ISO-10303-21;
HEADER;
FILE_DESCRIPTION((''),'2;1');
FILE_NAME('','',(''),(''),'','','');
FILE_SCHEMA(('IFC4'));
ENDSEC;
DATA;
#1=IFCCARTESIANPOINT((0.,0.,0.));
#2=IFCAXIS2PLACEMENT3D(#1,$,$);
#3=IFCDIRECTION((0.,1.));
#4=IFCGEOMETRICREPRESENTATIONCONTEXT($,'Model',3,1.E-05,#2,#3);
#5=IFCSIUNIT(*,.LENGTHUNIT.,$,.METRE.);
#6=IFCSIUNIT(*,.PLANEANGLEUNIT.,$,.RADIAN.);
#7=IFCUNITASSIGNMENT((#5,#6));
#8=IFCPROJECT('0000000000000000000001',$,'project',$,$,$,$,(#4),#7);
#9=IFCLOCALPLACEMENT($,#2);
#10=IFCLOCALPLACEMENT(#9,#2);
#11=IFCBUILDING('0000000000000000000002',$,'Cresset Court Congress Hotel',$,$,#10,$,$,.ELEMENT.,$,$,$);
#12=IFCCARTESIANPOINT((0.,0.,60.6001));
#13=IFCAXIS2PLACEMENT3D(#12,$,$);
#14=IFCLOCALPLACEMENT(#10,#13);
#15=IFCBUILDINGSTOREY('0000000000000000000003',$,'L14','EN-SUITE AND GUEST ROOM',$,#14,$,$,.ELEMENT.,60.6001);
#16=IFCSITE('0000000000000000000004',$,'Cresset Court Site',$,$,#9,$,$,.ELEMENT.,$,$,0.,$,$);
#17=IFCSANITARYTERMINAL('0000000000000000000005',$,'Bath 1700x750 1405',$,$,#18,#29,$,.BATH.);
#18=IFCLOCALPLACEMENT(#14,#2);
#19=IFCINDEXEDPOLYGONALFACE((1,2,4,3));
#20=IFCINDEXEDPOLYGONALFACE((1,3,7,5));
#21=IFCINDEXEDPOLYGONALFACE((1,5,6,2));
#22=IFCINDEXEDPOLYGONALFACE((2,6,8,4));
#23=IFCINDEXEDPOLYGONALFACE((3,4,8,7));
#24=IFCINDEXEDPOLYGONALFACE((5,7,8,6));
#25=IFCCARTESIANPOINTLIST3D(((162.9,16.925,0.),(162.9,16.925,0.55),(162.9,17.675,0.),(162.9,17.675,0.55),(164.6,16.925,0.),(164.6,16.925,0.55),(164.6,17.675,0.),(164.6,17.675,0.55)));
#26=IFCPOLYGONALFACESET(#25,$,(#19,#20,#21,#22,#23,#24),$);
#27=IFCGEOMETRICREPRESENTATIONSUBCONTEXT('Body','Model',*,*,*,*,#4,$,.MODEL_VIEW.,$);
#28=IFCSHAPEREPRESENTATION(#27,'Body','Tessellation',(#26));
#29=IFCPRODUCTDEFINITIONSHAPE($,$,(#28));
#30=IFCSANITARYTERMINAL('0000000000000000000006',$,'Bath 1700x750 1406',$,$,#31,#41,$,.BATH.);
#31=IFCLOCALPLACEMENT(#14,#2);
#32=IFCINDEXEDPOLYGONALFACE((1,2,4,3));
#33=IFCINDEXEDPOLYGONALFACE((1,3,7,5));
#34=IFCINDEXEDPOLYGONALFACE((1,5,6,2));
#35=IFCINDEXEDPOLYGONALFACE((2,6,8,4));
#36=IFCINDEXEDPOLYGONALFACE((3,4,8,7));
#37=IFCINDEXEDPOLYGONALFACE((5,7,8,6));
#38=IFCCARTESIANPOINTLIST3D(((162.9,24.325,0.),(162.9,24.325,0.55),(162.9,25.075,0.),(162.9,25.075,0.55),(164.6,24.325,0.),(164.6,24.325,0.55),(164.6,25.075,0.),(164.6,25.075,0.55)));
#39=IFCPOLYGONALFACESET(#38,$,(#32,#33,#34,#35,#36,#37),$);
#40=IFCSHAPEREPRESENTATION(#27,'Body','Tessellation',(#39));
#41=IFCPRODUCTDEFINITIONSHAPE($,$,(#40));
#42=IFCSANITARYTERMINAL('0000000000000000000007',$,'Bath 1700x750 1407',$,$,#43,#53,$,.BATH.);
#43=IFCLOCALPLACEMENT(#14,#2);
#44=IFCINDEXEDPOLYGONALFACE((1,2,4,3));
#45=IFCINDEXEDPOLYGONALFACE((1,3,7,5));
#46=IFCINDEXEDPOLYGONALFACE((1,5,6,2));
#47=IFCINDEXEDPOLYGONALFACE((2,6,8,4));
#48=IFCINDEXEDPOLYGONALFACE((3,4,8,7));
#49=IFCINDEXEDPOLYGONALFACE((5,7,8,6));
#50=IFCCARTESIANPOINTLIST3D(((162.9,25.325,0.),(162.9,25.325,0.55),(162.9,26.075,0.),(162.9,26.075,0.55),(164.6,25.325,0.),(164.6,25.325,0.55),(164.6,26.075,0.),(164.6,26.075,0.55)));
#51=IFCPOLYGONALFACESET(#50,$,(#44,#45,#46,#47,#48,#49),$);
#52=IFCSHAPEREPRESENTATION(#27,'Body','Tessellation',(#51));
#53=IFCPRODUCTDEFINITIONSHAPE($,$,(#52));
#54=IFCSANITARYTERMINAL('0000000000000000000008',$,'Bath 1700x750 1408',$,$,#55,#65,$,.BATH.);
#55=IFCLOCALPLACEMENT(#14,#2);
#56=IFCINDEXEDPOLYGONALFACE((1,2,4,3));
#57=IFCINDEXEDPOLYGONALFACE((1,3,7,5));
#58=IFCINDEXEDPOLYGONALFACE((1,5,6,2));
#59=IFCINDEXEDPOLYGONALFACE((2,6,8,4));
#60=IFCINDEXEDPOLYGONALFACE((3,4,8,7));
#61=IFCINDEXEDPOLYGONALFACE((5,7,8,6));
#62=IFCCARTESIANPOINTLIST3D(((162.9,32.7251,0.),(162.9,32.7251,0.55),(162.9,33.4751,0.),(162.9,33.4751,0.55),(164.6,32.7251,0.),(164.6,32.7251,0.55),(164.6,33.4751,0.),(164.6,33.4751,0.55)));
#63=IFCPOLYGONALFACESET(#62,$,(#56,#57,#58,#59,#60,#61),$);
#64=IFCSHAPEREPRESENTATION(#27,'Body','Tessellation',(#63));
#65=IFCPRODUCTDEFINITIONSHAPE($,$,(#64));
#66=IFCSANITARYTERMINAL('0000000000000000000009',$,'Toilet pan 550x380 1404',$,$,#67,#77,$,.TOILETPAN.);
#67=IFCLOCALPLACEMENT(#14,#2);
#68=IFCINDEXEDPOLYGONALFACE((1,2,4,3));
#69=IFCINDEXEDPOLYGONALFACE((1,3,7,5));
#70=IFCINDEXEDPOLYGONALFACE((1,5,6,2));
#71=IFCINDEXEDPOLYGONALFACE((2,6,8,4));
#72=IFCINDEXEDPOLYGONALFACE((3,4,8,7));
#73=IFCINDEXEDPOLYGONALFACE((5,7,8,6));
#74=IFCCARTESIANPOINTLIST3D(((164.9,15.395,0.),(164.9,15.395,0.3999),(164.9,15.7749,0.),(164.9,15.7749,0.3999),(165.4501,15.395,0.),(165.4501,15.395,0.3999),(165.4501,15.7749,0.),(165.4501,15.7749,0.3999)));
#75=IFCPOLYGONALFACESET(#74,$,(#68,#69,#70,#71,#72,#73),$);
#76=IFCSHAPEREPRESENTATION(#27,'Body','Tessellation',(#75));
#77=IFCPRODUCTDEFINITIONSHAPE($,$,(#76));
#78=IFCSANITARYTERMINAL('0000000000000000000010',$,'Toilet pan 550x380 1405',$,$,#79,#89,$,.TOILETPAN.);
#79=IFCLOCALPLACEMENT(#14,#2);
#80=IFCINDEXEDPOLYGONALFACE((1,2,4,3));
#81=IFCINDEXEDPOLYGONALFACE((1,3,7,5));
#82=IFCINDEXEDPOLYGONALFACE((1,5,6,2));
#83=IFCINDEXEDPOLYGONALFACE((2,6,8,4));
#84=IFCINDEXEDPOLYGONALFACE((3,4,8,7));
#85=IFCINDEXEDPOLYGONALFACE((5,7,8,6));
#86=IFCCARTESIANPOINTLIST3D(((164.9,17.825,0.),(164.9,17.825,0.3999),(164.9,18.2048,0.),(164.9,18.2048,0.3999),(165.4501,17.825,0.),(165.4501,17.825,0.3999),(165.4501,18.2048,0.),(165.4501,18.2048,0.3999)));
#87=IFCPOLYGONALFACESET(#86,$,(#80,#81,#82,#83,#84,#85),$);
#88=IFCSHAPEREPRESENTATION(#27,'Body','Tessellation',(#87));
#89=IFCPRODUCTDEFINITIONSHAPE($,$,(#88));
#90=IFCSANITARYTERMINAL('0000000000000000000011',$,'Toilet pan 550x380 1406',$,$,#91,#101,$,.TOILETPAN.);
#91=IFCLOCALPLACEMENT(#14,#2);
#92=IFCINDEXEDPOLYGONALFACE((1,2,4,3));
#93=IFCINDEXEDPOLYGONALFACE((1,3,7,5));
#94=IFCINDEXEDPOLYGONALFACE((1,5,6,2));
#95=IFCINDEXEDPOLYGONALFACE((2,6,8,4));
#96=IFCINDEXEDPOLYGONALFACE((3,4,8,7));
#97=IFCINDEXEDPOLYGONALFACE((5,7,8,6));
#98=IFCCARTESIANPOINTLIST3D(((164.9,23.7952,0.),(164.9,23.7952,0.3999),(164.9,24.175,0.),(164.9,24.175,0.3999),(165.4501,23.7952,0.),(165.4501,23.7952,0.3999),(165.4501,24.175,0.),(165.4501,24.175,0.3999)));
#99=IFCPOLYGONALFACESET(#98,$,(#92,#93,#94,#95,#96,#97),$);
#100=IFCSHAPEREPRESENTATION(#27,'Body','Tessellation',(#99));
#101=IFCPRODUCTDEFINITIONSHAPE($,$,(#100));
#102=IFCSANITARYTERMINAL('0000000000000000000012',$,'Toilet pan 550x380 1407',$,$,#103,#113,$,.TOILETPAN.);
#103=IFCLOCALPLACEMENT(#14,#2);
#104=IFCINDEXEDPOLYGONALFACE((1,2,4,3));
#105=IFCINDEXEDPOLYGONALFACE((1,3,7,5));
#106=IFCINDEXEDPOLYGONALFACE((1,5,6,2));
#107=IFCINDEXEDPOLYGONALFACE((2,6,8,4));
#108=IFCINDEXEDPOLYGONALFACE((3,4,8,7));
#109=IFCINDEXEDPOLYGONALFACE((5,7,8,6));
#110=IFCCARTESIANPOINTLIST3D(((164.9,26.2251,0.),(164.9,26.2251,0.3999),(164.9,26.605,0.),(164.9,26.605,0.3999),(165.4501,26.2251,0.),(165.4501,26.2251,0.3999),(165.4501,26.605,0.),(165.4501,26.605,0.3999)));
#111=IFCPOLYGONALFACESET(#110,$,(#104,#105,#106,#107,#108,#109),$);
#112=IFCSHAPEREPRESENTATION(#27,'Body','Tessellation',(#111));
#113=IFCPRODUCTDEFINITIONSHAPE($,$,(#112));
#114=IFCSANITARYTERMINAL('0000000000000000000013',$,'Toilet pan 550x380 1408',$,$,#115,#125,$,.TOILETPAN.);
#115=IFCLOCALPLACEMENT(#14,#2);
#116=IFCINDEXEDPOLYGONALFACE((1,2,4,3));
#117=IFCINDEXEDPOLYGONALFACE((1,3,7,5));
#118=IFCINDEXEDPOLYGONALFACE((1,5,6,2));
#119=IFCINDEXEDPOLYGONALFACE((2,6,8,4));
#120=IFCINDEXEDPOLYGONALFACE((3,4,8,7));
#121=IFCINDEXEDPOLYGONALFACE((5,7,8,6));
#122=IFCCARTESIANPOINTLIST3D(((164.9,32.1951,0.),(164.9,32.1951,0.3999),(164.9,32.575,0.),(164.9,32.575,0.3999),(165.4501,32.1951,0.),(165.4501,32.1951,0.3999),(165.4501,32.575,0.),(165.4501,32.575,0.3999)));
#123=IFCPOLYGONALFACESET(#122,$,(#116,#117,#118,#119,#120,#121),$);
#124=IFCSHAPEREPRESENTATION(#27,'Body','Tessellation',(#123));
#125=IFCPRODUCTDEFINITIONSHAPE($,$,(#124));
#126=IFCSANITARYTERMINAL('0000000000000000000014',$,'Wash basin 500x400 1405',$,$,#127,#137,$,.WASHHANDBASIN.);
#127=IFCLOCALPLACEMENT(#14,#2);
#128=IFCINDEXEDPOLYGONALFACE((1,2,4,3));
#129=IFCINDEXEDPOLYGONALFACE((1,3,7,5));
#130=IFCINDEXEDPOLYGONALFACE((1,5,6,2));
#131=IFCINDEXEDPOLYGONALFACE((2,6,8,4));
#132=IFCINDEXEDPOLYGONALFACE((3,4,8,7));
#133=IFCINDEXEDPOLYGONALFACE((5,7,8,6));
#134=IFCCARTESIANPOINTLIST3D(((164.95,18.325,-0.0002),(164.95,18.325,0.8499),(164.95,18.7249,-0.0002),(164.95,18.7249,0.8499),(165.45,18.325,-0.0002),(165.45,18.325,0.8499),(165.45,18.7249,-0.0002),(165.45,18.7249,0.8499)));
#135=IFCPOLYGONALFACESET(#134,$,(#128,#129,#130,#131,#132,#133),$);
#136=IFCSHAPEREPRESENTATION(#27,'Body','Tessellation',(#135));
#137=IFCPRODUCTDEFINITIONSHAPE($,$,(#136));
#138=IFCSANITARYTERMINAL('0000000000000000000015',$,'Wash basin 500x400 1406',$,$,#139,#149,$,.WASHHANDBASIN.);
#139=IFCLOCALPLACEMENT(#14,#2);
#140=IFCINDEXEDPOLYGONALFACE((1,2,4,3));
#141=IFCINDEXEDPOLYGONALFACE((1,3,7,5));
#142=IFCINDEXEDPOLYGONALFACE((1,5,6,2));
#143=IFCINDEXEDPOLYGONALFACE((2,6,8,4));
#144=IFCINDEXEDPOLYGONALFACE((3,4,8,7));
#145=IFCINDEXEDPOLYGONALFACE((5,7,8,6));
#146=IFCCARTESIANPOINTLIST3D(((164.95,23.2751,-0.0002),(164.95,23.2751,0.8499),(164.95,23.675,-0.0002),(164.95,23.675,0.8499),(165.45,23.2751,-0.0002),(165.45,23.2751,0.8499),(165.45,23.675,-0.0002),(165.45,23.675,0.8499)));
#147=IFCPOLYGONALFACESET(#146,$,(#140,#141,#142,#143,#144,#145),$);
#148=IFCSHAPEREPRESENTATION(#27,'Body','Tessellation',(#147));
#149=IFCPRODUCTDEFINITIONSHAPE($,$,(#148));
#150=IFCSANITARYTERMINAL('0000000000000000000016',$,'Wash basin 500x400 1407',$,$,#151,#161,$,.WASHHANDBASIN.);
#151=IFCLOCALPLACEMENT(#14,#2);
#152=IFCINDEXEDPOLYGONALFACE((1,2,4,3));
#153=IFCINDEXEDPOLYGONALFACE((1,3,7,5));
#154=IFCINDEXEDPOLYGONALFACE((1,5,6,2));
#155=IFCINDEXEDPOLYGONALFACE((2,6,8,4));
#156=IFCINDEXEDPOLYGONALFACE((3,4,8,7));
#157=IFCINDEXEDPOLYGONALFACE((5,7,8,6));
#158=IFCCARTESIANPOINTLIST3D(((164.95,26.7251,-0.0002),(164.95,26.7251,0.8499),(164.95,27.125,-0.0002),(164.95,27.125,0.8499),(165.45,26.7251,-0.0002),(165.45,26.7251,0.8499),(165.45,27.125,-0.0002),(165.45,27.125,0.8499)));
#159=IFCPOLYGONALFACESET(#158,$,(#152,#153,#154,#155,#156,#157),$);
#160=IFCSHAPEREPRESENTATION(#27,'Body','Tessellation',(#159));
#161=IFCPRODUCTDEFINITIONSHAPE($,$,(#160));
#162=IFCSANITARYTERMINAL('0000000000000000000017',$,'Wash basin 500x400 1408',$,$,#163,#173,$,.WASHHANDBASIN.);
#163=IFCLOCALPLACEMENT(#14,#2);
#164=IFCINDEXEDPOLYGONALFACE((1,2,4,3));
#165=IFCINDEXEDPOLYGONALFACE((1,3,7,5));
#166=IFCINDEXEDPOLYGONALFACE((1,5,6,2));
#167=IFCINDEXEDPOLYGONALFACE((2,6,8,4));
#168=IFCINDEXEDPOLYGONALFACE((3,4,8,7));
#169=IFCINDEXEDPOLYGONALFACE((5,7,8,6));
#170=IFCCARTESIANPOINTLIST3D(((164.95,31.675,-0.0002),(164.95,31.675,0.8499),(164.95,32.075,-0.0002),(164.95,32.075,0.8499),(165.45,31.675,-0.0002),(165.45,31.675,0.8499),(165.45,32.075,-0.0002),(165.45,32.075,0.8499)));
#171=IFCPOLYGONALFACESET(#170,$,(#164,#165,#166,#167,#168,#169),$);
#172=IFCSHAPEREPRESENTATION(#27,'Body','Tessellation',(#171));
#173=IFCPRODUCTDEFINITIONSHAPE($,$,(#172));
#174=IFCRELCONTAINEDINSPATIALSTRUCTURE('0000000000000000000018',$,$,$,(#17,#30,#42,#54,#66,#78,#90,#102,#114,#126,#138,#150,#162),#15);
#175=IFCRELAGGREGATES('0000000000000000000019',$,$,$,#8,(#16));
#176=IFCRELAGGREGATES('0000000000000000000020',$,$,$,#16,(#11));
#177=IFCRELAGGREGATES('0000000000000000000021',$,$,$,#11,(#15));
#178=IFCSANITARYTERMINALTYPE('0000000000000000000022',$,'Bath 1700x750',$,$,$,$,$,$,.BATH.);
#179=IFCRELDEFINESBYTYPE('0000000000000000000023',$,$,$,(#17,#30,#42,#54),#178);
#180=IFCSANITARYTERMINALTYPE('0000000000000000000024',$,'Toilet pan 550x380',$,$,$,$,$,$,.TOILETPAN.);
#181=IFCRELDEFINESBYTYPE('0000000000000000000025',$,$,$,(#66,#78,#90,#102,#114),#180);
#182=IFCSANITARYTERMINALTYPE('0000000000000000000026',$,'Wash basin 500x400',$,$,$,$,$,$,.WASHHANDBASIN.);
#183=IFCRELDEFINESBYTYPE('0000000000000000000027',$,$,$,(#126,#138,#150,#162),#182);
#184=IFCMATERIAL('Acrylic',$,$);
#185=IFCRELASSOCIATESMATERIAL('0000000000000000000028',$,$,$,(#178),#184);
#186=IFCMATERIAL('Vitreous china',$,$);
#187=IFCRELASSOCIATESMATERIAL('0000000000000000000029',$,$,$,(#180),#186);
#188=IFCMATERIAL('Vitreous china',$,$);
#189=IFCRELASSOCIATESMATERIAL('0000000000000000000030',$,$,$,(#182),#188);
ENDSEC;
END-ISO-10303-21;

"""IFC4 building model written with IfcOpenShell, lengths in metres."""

from ifc_helpers import new_model, si_unit, direction, frame, origin, origin_2d, place, context, subcontext, project, spatial, rectangle, extrude, material, type_object, element, save


model = new_model("IFC4")

# Units and contexts
model_context = context("Model", 3, precision=1e-05, world=origin(), true_north=direction((0.0, 1.0)))
body_context = subcontext(model_context, "Body", "Model", "MODEL_VIEW")
ifc_project = project(units=[si_unit("LENGTHUNIT", "METRE"), si_unit("PLANEANGLEUNIT", "RADIAN")], contexts=[model_context])

# Site, building, storey
site_placement = place(None, origin())
site = spatial("IfcSite", under=ifc_project, at=site_placement, Name="Cresset Court Site", CompositionType="ELEMENT", RefElevation=0.0)
building_placement = place(site_placement, origin())
building = spatial("IfcBuilding", under=site, at=building_placement, Name="Cresset Court Congress Hotel", CompositionType="ELEMENT")
storey_placement = place(building_placement, frame((0.0, 0.0, 60.6001)))
storey = spatial("IfcBuildingStorey", under=building, at=storey_placement, Name="L14", Description="EN-SUITE AND GUEST ROOM", CompositionType="ELEMENT", Elevation=60.6001)

# Sanitary terminals
ifc_material_1 = material(Name="Acrylic")
sanitary_terminal_type_1 = type_object("IfcSanitaryTerminalType", Name="Bath 1700x750", PredefinedType="BATH", material=ifc_material_1)
for number, where, z_axis, x_axis, name in (
    (1, (163.75, 17.3, 0.0), (0.0, 0.0, 1.0), (1.0, 0.0, 0.0), "Bath 1700x750 1405"),
    (2, (163.75, 24.7, 0.0), (0.0, 0.0, 1.0), (1.0, 0.0, 0.0), "Bath 1700x750 1406"),
    (3, (163.75, 25.7, 0.0), (0.0, 0.0, 1.0), (1.0, 0.0, 0.0), "Bath 1700x750 1407"),
    (4, (163.75, 33.1001, 0.0), (0.0, 0.0, 1.0), (1.0, 0.0, 0.0), "Bath 1700x750 1408"),
):
    element("IfcSanitaryTerminal", number, at=place(storey_placement, frame(where, z_axis=z_axis, x_axis=x_axis)), inside=storey, type_object=sanitary_terminal_type_1, Name=name, PredefinedType="BATH", context=body_context, shape_type="SweptSolid", body=[
        extrude(rectangle(XDim=1.7, YDim=0.75, at=origin_2d()), origin(), (0.0, 0.0, 1.0), 0.55),
    ])
ifc_material_2 = material(Name="Vitreous china")
sanitary_terminal_type_2 = type_object("IfcSanitaryTerminalType", Name="Toilet pan 550x380", PredefinedType="TOILETPAN", material=ifc_material_2)
for number, where, z_axis, x_axis, name in (
    (5, (165.175, 15.585, 0.0), (0.0, 0.0, 1.0), (1.0, 0.0, 0.0), "Toilet pan 550x380 1404"),
    (6, (165.175, 18.0149, 0.0), (0.0, 0.0, 1.0), (1.0, 0.0, 0.0), "Toilet pan 550x380 1405"),
    (7, (165.175, 23.9851, 0.0), (0.0, 0.0, 1.0), (1.0, 0.0, 0.0), "Toilet pan 550x380 1406"),
    (8, (165.175, 26.415, 0.0), (0.0, 0.0, 1.0), (1.0, 0.0, 0.0), "Toilet pan 550x380 1407"),
    (9, (165.175, 32.385, 0.0), (0.0, 0.0, 1.0), (1.0, 0.0, 0.0), "Toilet pan 550x380 1408"),
):
    element("IfcSanitaryTerminal", number, at=place(storey_placement, frame(where, z_axis=z_axis, x_axis=x_axis)), inside=storey, type_object=sanitary_terminal_type_2, Name=name, PredefinedType="TOILETPAN", context=body_context, shape_type="SweptSolid", body=[
        extrude(rectangle(XDim=0.55, YDim=0.3799, at=origin_2d()), origin(), (0.0, 0.0, 1.0), 0.3999),
    ])
ifc_material_3 = material(Name="Vitreous china")
sanitary_terminal_type_3 = type_object("IfcSanitaryTerminalType", Name="Wash basin 500x400", PredefinedType="WASHHANDBASIN", material=ifc_material_3)
for number, where, z_axis, x_axis, name in (
    (10, (165.2, 18.5249, -0.0002), (0.0, 0.0, 1.0), (1.0, 0.0, 0.0), "Wash basin 500x400 1405"),
    (11, (165.2, 23.4751, -0.0002), (0.0, 0.0, 1.0), (1.0, 0.0, 0.0), "Wash basin 500x400 1406"),
    (12, (165.2, 26.925, -0.0002), (0.0, 0.0, 1.0), (1.0, 0.0, 0.0), "Wash basin 500x400 1407"),
    (13, (165.2, 31.875, -0.0002), (0.0, 0.0, 1.0), (1.0, 0.0, 0.0), "Wash basin 500x400 1408"),
):
    element("IfcSanitaryTerminal", number, at=place(storey_placement, frame(where, z_axis=z_axis, x_axis=x_axis)), inside=storey, type_object=sanitary_terminal_type_3, Name=name, PredefinedType="WASHHANDBASIN", context=body_context, shape_type="SweptSolid", body=[
        extrude(rectangle(XDim=0.5, YDim=0.3999, at=origin_2d()), origin(), (0.0, 0.0, 1.0), 0.8501),
    ])

save(model, "model.ifc")
